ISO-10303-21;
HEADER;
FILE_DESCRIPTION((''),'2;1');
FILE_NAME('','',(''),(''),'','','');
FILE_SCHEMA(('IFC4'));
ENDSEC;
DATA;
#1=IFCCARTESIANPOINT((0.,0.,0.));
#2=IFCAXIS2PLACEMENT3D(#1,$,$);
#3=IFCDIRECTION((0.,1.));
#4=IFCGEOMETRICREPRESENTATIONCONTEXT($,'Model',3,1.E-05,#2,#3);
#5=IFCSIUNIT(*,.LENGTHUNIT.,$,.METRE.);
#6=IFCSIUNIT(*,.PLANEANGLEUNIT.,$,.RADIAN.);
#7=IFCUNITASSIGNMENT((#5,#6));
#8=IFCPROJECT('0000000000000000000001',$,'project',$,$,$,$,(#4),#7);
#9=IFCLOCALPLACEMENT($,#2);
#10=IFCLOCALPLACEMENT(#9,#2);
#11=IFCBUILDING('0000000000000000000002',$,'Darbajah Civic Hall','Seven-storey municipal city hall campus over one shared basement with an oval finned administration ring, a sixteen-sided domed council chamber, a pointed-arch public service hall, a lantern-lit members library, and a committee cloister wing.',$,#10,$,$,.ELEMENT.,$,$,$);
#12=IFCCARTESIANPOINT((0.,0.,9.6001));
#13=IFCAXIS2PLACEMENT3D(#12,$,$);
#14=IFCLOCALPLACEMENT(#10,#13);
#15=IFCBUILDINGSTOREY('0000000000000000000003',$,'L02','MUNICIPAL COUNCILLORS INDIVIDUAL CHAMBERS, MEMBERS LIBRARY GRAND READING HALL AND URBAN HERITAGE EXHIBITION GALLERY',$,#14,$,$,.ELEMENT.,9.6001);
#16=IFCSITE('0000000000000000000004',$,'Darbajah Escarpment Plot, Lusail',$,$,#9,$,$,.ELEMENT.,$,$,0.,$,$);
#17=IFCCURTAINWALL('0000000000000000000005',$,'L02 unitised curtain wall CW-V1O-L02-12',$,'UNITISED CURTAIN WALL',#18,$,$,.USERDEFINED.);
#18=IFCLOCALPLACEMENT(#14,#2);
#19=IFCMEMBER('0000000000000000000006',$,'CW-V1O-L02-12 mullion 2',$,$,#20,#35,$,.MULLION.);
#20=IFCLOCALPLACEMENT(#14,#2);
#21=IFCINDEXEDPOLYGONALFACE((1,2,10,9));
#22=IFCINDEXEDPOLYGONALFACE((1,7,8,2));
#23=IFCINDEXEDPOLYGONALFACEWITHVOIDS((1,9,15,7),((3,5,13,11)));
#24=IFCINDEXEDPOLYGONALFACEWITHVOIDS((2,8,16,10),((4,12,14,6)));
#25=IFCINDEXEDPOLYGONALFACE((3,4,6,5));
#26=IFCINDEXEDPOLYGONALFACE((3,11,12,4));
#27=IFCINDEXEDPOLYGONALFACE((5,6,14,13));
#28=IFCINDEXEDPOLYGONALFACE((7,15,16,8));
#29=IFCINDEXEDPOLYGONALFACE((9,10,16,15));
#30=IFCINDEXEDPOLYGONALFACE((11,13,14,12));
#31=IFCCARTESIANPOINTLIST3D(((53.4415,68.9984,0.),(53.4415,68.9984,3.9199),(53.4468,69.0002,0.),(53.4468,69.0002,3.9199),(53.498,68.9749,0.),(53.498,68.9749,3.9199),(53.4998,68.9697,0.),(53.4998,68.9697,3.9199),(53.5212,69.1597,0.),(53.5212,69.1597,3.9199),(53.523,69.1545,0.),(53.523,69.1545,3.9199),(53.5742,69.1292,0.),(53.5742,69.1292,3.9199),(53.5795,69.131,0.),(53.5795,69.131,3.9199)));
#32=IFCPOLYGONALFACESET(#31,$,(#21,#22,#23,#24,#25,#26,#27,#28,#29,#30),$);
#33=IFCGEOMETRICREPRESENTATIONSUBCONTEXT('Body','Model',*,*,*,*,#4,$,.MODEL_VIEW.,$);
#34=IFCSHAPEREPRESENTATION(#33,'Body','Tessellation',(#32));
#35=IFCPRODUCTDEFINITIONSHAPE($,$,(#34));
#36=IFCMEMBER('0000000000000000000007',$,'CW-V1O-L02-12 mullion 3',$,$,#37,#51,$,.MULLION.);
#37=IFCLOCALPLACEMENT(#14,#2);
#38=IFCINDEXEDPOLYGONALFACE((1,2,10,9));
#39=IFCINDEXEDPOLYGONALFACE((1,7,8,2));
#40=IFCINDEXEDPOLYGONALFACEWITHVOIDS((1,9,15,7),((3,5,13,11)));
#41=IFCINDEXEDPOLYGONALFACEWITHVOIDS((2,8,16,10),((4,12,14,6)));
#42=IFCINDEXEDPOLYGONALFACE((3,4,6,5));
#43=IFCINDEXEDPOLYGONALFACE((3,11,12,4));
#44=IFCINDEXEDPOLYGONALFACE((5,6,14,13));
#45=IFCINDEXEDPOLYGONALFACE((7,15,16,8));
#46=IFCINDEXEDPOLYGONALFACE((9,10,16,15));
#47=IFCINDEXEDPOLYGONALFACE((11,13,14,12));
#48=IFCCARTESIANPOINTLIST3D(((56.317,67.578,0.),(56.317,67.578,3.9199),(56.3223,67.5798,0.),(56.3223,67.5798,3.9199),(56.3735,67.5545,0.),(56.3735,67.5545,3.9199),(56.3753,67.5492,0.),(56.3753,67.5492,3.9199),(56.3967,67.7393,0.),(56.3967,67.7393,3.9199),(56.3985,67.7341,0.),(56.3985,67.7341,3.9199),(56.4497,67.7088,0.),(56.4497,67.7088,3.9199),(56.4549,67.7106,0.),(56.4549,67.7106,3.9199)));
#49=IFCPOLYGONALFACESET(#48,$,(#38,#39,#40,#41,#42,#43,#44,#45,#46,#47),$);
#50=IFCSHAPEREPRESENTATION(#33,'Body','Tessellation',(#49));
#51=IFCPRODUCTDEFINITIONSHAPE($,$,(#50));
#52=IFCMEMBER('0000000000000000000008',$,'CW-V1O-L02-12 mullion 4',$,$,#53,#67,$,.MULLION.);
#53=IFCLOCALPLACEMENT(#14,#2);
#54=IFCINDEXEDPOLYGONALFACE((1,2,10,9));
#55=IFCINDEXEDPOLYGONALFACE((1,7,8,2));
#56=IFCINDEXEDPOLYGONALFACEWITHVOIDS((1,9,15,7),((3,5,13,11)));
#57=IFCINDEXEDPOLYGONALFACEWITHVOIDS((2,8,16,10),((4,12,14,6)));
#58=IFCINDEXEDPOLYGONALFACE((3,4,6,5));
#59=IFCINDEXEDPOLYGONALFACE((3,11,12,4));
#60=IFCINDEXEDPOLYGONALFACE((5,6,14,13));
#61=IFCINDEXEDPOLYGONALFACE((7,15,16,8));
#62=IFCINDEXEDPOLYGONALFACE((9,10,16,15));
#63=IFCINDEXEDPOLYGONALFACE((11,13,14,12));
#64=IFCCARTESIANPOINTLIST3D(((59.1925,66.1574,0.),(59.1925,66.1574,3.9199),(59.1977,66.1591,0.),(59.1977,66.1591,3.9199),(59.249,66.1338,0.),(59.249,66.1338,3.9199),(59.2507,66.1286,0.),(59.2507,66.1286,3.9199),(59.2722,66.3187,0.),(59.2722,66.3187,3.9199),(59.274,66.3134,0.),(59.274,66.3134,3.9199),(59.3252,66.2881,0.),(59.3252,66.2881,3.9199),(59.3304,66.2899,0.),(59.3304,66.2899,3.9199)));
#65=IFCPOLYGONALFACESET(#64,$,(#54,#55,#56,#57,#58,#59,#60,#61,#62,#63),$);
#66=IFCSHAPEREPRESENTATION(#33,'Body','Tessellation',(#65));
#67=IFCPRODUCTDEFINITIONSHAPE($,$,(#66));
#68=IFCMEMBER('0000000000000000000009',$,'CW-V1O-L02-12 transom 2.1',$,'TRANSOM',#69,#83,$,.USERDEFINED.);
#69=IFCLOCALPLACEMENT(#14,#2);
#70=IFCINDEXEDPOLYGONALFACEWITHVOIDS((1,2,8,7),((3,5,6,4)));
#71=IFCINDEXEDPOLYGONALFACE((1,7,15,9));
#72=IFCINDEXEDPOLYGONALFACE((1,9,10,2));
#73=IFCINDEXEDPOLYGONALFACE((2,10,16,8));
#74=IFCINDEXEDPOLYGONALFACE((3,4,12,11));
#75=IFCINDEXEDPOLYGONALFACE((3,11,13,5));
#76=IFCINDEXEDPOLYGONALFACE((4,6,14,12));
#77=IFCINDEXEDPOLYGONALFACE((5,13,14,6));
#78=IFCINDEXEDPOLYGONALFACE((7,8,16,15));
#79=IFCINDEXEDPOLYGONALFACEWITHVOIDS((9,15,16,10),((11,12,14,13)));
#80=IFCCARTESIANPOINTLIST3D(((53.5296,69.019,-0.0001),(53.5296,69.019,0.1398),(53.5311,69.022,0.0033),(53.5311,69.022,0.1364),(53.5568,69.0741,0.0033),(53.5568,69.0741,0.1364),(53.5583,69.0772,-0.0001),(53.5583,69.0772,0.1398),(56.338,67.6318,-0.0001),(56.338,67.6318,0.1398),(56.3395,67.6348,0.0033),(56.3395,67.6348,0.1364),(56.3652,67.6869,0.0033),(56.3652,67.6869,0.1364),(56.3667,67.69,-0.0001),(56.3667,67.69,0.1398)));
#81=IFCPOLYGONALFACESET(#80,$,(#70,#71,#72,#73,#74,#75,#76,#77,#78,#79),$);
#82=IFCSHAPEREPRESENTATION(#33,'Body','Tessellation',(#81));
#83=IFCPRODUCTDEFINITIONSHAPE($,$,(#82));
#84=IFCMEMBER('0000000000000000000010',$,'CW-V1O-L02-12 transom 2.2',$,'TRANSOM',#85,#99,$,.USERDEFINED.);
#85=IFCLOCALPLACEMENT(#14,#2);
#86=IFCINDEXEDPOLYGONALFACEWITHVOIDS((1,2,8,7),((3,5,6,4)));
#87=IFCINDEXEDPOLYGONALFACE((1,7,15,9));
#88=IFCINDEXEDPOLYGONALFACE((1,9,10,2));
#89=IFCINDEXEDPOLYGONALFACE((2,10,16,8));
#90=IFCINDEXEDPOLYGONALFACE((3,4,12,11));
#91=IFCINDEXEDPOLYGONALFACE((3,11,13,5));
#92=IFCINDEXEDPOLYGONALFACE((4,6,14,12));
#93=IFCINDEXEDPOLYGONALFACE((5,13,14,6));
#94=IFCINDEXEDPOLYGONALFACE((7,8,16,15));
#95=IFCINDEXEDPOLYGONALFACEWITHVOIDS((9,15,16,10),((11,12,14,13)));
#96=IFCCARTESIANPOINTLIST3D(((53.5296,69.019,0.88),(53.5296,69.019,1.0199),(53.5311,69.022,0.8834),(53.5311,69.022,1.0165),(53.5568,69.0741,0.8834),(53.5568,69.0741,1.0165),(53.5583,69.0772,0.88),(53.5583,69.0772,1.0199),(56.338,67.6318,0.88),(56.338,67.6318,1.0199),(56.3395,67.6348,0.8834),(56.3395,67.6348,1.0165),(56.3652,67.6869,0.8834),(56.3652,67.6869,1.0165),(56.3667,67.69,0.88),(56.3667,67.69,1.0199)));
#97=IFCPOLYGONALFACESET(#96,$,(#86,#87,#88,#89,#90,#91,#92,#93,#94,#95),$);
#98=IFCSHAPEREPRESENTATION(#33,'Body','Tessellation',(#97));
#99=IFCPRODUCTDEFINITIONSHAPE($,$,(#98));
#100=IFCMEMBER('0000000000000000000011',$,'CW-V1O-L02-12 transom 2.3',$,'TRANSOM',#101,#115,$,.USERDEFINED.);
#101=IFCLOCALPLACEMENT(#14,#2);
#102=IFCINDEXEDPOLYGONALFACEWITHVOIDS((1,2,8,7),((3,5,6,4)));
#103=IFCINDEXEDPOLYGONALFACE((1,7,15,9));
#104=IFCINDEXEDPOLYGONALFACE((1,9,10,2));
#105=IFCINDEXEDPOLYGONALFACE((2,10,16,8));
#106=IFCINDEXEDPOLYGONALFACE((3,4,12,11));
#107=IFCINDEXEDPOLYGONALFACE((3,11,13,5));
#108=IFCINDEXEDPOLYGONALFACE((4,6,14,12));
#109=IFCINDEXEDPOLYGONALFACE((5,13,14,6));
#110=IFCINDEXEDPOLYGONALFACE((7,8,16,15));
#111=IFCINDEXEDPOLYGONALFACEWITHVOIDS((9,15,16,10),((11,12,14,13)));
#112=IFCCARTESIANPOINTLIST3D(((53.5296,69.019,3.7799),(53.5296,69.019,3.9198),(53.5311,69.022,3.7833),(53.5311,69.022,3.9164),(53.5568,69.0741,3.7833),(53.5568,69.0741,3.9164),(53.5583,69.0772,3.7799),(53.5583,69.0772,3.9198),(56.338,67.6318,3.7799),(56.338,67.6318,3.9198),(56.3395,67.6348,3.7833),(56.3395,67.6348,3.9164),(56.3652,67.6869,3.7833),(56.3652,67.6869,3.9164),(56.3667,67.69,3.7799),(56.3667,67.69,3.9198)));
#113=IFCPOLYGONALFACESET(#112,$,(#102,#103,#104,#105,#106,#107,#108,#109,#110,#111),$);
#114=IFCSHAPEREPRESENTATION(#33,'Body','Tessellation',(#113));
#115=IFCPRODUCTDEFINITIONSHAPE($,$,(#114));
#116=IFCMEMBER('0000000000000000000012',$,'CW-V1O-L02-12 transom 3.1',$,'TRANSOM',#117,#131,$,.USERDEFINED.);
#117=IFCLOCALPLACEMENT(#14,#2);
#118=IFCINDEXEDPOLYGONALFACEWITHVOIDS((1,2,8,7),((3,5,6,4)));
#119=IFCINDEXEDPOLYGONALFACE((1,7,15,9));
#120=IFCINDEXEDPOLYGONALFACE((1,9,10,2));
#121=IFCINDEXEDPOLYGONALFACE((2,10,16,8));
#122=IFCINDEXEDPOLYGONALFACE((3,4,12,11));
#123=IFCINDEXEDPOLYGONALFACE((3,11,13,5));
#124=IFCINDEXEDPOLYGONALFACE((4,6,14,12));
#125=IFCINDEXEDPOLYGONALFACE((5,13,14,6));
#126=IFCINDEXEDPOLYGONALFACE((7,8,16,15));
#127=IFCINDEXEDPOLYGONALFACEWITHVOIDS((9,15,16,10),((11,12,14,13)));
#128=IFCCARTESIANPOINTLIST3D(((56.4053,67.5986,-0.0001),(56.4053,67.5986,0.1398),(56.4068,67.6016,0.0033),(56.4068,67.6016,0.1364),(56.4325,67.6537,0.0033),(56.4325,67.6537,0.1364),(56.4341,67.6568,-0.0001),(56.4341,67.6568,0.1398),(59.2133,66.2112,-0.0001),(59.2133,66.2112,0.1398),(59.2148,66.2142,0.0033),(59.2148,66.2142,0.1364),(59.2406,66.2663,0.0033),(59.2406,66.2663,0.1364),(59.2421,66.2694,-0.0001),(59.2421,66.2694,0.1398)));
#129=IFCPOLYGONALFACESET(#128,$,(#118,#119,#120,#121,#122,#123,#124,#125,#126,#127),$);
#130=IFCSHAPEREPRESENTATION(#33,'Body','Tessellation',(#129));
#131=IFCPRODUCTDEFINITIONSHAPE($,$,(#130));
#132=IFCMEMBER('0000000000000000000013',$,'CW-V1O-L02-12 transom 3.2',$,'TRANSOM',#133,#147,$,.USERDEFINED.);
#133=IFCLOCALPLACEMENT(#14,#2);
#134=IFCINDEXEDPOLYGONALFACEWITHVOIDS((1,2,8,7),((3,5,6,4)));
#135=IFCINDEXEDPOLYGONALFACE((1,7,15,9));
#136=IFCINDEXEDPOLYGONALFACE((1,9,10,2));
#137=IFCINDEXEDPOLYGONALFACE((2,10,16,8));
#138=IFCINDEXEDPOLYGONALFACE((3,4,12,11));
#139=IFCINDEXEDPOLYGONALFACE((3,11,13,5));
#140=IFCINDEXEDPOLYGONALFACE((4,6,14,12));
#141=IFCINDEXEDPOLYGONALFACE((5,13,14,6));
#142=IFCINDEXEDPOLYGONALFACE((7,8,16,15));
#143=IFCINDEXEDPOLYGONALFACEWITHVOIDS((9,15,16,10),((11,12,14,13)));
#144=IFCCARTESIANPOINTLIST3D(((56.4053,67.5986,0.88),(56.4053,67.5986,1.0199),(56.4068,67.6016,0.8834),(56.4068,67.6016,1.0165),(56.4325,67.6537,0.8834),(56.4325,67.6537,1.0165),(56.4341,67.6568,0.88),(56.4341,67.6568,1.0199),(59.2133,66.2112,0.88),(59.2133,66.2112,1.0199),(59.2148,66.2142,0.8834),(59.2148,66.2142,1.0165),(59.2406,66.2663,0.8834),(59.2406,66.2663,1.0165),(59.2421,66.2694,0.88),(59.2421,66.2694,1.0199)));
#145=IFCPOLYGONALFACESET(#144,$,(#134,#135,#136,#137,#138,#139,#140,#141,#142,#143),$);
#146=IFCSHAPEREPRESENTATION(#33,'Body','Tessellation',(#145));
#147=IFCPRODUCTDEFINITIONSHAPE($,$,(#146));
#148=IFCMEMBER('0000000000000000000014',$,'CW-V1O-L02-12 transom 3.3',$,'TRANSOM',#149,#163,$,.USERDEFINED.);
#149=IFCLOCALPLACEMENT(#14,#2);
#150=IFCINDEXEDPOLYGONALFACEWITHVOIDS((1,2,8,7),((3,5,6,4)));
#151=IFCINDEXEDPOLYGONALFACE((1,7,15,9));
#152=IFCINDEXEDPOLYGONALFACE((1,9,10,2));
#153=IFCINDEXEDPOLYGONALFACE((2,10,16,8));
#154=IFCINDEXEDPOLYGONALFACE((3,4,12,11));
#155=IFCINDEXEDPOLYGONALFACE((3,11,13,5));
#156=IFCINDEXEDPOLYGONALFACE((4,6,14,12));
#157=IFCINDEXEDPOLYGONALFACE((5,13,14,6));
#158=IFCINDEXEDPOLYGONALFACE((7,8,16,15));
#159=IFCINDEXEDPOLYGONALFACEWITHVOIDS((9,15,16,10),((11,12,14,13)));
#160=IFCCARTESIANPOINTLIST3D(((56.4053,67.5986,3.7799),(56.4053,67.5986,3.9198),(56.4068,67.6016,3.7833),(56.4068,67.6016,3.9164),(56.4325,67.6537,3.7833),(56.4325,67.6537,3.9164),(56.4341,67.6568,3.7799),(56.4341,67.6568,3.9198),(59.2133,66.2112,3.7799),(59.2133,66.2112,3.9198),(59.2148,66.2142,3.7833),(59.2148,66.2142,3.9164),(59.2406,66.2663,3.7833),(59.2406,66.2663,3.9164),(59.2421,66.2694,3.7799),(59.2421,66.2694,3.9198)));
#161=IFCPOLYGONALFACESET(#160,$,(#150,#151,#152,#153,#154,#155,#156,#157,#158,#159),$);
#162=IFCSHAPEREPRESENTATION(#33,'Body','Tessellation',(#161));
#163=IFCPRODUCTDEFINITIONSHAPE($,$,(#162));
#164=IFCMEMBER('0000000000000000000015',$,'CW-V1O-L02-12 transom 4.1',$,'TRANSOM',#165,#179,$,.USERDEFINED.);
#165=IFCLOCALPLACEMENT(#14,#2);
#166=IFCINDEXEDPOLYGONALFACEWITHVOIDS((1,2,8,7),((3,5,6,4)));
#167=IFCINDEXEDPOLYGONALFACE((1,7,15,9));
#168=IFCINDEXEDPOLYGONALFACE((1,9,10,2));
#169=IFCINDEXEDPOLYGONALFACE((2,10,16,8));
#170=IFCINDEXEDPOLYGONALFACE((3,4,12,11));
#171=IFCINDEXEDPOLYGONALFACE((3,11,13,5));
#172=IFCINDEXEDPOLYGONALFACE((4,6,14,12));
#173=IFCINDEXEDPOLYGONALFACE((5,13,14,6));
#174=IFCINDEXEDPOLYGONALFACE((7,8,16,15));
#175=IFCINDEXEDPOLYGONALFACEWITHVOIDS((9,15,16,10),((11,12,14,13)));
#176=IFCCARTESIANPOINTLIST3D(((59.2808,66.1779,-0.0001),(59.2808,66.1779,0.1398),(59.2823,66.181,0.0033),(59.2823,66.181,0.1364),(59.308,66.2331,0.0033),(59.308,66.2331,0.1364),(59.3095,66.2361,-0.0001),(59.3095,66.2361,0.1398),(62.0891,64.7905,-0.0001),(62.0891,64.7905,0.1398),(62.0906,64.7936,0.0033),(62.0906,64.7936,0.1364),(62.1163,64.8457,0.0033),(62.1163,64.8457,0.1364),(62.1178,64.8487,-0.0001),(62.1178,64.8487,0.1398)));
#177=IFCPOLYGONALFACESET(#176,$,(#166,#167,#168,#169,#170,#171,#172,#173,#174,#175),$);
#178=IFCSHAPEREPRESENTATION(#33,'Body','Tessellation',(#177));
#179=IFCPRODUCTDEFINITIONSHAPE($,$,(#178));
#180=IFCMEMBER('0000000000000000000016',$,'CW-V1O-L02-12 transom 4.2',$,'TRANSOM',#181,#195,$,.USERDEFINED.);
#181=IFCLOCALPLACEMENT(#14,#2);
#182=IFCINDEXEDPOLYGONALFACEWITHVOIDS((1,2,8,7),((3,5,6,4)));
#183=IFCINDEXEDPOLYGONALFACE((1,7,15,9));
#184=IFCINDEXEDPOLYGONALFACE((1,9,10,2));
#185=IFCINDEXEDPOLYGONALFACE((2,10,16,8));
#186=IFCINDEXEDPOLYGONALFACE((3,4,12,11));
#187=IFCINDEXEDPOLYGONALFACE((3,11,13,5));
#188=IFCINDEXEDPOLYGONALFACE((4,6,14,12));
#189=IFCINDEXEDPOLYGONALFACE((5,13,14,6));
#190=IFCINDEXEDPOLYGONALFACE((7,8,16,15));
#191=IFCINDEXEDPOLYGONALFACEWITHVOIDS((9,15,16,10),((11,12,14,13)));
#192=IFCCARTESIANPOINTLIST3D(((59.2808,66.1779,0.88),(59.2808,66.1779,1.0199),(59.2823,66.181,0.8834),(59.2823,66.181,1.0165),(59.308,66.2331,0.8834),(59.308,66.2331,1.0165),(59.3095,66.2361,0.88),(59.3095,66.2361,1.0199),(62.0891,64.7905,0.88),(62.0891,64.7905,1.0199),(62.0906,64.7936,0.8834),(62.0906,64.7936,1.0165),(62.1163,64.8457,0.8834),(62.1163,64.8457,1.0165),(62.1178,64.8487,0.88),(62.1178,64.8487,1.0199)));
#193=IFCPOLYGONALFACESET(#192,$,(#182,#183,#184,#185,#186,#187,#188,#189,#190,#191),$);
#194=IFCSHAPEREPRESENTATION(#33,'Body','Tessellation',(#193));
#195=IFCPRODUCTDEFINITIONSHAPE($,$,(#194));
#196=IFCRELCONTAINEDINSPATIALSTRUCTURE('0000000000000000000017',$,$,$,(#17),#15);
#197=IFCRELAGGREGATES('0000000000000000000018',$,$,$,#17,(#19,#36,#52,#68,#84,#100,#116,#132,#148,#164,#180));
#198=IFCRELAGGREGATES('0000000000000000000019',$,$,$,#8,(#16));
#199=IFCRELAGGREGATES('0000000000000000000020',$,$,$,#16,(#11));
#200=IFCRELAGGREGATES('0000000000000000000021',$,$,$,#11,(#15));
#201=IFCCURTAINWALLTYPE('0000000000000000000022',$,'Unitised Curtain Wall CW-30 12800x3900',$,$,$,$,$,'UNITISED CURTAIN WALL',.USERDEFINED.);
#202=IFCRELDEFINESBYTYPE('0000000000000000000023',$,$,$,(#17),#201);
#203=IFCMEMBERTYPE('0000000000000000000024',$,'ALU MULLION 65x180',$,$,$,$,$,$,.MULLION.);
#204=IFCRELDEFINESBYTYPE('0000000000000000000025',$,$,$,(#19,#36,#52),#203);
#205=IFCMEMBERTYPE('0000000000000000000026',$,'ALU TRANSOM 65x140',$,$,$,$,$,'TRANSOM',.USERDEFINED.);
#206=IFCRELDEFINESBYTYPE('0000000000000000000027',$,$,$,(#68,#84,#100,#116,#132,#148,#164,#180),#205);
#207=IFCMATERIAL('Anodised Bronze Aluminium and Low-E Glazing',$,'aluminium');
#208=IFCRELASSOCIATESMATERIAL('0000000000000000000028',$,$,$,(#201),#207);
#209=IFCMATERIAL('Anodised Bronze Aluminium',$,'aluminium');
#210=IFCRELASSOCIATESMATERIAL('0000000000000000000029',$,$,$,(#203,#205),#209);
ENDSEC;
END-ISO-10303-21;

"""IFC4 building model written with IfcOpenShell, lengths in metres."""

from ifc_helpers import new_model, si_unit, direction, frame, origin, origin_2d, place, context, subcontext, project, spatial, hollow_rectangle, extrude, material, material_profile, profile_set, type_object, element, aggregate, save


model = new_model("IFC4")

# Units and contexts
model_context = context("Model", 3, precision=1e-05, world=origin(), true_north=direction((0.0, 1.0)))
body_context = subcontext(model_context, "Body", "Model", "MODEL_VIEW")
ifc_project = project(units=[si_unit("LENGTHUNIT", "METRE"), si_unit("PLANEANGLEUNIT", "RADIAN")], contexts=[model_context])

# Site, building, storey
site_placement = place(None, origin())
site = spatial("IfcSite", under=ifc_project, at=site_placement, Name="Darbajah Escarpment Plot, Lusail", CompositionType="ELEMENT", RefElevation=0.0)
building_placement = place(site_placement, origin())
building = spatial("IfcBuilding", under=site, at=building_placement, Name="Darbajah Civic Hall", Description="Seven-storey municipal city hall campus over one shared basement with an oval finned administration ring, a sixteen-sided domed council chamber, a pointed-arch public service hall, a lantern-lit members library, and a committee cloister wing.", CompositionType="ELEMENT")
storey_placement = place(building_placement, frame((0.0, 0.0, 9.6001)))
storey = spatial("IfcBuildingStorey", under=building, at=storey_placement, Name="L02", Description="MUNICIPAL COUNCILLORS INDIVIDUAL CHAMBERS, MEMBERS LIBRARY GRAND READING HALL AND URBAN HERITAGE EXHIBITION GALLERY", CompositionType="ELEMENT", Elevation=9.6001)

# Curtain wall, members
ifc_material_1 = material(Name="Anodised Bronze Aluminium and Low-E Glazing", Category="aluminium")
curtain_wall_type = type_object("IfcCurtainWallType", Name="Unitised Curtain Wall CW-30 12800x3900", ElementType="UNITISED CURTAIN WALL", PredefinedType="USERDEFINED", material=ifc_material_1)
curtain_wall_placement = place(storey_placement, origin())
curtain_wall = element("IfcCurtainWall", 1, at=curtain_wall_placement, inside=storey, type_object=curtain_wall_type, Name="L02 unitised curtain wall CW-V1O-L02-12", ObjectType="UNITISED CURTAIN WALL", PredefinedType="USERDEFINED")
ifc_material_2 = material(Name="Anodised Bronze Aluminium", Category="aluminium")
ifc_material_profile_1 = material_profile(ifc_material_2, hollow_rectangle(XDim=0.0649, YDim=0.1799, WallThickness=0.0039, at=origin_2d()), Name="ALU MULLION 65x180")
ifc_profile_set_1 = profile_set([ifc_material_profile_1], Name="Anodised Bronze Aluminium")
member_type_1 = type_object("IfcMemberType", Name="ALU MULLION 65x180", PredefinedType="MULLION", material=ifc_profile_set_1)
member_1_placement = place(storey_placement, frame((53.5105, 69.0647, 0.0), z_axis=(0.0, 0.0, 1.0), x_axis=(0.896564, -0.442915, 0.0)))
member_1 = element("IfcMember", 2, at=member_1_placement, type_object=member_type_1, Name="CW-V1O-L02-12 mullion 2", PredefinedType="MULLION", context=body_context, shape_type="SweptSolid", body=[
    extrude(hollow_rectangle(XDim=0.0649, YDim=0.1799, WallThickness=0.0039, at=origin_2d()), origin(), (0.0, 0.0, 1.0), 3.9199),
])
member_2_placement = place(storey_placement, frame((56.386, 67.6443, 0.0), z_axis=(0.0, 0.0, 1.0), x_axis=(0.896564, -0.442915, 0.0)))
member_2 = element("IfcMember", 3, at=member_2_placement, type_object=member_type_1, Name="CW-V1O-L02-12 mullion 3", PredefinedType="MULLION", context=body_context, shape_type="SweptSolid", body=[
    extrude(hollow_rectangle(XDim=0.0649, YDim=0.1799, WallThickness=0.0039, at=origin_2d()), origin(), (0.0, 0.0, 1.0), 3.9199),
])
member_3_placement = place(storey_placement, frame((59.2615, 66.2236, 0.0), z_axis=(0.0, 0.0, 1.0), x_axis=(0.896564, -0.442915, 0.0)))
member_3 = element("IfcMember", 4, at=member_3_placement, type_object=member_type_1, Name="CW-V1O-L02-12 mullion 4", PredefinedType="MULLION", context=body_context, shape_type="SweptSolid", body=[
    extrude(hollow_rectangle(XDim=0.0649, YDim=0.1799, WallThickness=0.0039, at=origin_2d()), origin(), (0.0, 0.0, 1.0), 3.9199),
])
ifc_material_profile_2 = material_profile(ifc_material_2, hollow_rectangle(XDim=0.0649, YDim=0.1399, WallThickness=0.0034, at=origin_2d()), Name="ALU TRANSOM 65x140")
ifc_profile_set_2 = profile_set([ifc_material_profile_2], Name="Anodised Bronze Aluminium")
member_type_2 = type_object("IfcMemberType", Name="ALU TRANSOM 65x140", ElementType="TRANSOM", PredefinedType="USERDEFINED", material=ifc_profile_set_2)
member_4_placement = place(storey_placement, frame((53.5439, 69.0481, 0.0698), z_axis=(0.896584, -0.442875, 0.0), x_axis=(0.442875, 0.896584, 0.0)))
member_4 = element("IfcMember", 5, at=member_4_placement, type_object=member_type_2, Name="CW-V1O-L02-12 transom 2.1", ObjectType="TRANSOM", PredefinedType="USERDEFINED", context=body_context, shape_type="SweptSolid", body=[
    extrude(hollow_rectangle(XDim=0.0649, YDim=0.1399, WallThickness=0.0034, at=origin_2d()), origin(), (0.0, 0.0, 1.0), 3.1323),
])
member_5_placement = place(storey_placement, frame((53.5439, 69.0481, 0.95), z_axis=(0.896584, -0.442875, 0.0), x_axis=(0.442875, 0.896584, 0.0)))
member_5 = element("IfcMember", 6, at=member_5_placement, type_object=member_type_2, Name="CW-V1O-L02-12 transom 2.2", ObjectType="TRANSOM", PredefinedType="USERDEFINED", context=body_context, shape_type="SweptSolid", body=[
    extrude(hollow_rectangle(XDim=0.0649, YDim=0.1399, WallThickness=0.0034, at=origin_2d()), origin(), (0.0, 0.0, 1.0), 3.1323),
])
member_6_placement = place(storey_placement, frame((53.5439, 69.0481, 3.8499), z_axis=(0.896584, -0.442875, 0.0), x_axis=(0.442875, 0.896584, 0.0)))
member_6 = element("IfcMember", 7, at=member_6_placement, type_object=member_type_2, Name="CW-V1O-L02-12 transom 2.3", ObjectType="TRANSOM", PredefinedType="USERDEFINED", context=body_context, shape_type="SweptSolid", body=[
    extrude(hollow_rectangle(XDim=0.0649, YDim=0.1399, WallThickness=0.0034, at=origin_2d()), origin(), (0.0, 0.0, 1.0), 3.1323),
])
member_7_placement = place(storey_placement, frame((56.4197, 67.6277, 0.0698), z_axis=(0.896537, -0.442968, 0.0), x_axis=(0.442968, 0.896537, 0.0)))
member_7 = element("IfcMember", 8, at=member_7_placement, type_object=member_type_2, Name="CW-V1O-L02-12 transom 3.1", ObjectType="TRANSOM", PredefinedType="USERDEFINED", context=body_context, shape_type="SweptSolid", body=[
    extrude(hollow_rectangle(XDim=0.0649, YDim=0.1399, WallThickness=0.0034, at=origin_2d()), origin(), (0.0, 0.0, 1.0), 3.1321),
])
member_8_placement = place(storey_placement, frame((56.4197, 67.6277, 0.95), z_axis=(0.896537, -0.442968, 0.0), x_axis=(0.442968, 0.896537, 0.0)))
member_8 = element("IfcMember", 9, at=member_8_placement, type_object=member_type_2, Name="CW-V1O-L02-12 transom 3.2", ObjectType="TRANSOM", PredefinedType="USERDEFINED", context=body_context, shape_type="SweptSolid", body=[
    extrude(hollow_rectangle(XDim=0.0649, YDim=0.1399, WallThickness=0.0034, at=origin_2d()), origin(), (0.0, 0.0, 1.0), 3.1321),
])
member_9_placement = place(storey_placement, frame((56.4197, 67.6277, 3.8499), z_axis=(0.896537, -0.442968, 0.0), x_axis=(0.442968, 0.896537, 0.0)))
member_9 = element("IfcMember", 10, at=member_9_placement, type_object=member_type_2, Name="CW-V1O-L02-12 transom 3.3", ObjectType="TRANSOM", PredefinedType="USERDEFINED", context=body_context, shape_type="SweptSolid", body=[
    extrude(hollow_rectangle(XDim=0.0649, YDim=0.1399, WallThickness=0.0034, at=origin_2d()), origin(), (0.0, 0.0, 1.0), 3.1321),
])
member_10_placement = place(storey_placement, frame((59.2952, 66.207, 0.0698), z_axis=(0.896553, -0.442937, 0.0), x_axis=(0.442937, 0.896553, 0.0)))
member_10 = element("IfcMember", 11, at=member_10_placement, type_object=member_type_2, Name="CW-V1O-L02-12 transom 4.1", ObjectType="TRANSOM", PredefinedType="USERDEFINED", context=body_context, shape_type="SweptSolid", body=[
    extrude(hollow_rectangle(XDim=0.0649, YDim=0.1399, WallThickness=0.0034, at=origin_2d()), origin(), (0.0, 0.0, 1.0), 3.1323),
])
member_11_placement = place(storey_placement, frame((59.2952, 66.207, 0.95), z_axis=(0.896553, -0.442937, 0.0), x_axis=(0.442937, 0.896553, 0.0)))
member_11 = element("IfcMember", 12, at=member_11_placement, type_object=member_type_2, Name="CW-V1O-L02-12 transom 4.2", ObjectType="TRANSOM", PredefinedType="USERDEFINED", context=body_context, shape_type="SweptSolid", body=[
    extrude(hollow_rectangle(XDim=0.0649, YDim=0.1399, WallThickness=0.0034, at=origin_2d()), origin(), (0.0, 0.0, 1.0), 3.1323),
])
aggregate(curtain_wall, [member_1, member_2, member_3, member_4, member_5, member_6, member_7, member_8, member_9, member_10, member_11])

save(model, "model.ifc")
